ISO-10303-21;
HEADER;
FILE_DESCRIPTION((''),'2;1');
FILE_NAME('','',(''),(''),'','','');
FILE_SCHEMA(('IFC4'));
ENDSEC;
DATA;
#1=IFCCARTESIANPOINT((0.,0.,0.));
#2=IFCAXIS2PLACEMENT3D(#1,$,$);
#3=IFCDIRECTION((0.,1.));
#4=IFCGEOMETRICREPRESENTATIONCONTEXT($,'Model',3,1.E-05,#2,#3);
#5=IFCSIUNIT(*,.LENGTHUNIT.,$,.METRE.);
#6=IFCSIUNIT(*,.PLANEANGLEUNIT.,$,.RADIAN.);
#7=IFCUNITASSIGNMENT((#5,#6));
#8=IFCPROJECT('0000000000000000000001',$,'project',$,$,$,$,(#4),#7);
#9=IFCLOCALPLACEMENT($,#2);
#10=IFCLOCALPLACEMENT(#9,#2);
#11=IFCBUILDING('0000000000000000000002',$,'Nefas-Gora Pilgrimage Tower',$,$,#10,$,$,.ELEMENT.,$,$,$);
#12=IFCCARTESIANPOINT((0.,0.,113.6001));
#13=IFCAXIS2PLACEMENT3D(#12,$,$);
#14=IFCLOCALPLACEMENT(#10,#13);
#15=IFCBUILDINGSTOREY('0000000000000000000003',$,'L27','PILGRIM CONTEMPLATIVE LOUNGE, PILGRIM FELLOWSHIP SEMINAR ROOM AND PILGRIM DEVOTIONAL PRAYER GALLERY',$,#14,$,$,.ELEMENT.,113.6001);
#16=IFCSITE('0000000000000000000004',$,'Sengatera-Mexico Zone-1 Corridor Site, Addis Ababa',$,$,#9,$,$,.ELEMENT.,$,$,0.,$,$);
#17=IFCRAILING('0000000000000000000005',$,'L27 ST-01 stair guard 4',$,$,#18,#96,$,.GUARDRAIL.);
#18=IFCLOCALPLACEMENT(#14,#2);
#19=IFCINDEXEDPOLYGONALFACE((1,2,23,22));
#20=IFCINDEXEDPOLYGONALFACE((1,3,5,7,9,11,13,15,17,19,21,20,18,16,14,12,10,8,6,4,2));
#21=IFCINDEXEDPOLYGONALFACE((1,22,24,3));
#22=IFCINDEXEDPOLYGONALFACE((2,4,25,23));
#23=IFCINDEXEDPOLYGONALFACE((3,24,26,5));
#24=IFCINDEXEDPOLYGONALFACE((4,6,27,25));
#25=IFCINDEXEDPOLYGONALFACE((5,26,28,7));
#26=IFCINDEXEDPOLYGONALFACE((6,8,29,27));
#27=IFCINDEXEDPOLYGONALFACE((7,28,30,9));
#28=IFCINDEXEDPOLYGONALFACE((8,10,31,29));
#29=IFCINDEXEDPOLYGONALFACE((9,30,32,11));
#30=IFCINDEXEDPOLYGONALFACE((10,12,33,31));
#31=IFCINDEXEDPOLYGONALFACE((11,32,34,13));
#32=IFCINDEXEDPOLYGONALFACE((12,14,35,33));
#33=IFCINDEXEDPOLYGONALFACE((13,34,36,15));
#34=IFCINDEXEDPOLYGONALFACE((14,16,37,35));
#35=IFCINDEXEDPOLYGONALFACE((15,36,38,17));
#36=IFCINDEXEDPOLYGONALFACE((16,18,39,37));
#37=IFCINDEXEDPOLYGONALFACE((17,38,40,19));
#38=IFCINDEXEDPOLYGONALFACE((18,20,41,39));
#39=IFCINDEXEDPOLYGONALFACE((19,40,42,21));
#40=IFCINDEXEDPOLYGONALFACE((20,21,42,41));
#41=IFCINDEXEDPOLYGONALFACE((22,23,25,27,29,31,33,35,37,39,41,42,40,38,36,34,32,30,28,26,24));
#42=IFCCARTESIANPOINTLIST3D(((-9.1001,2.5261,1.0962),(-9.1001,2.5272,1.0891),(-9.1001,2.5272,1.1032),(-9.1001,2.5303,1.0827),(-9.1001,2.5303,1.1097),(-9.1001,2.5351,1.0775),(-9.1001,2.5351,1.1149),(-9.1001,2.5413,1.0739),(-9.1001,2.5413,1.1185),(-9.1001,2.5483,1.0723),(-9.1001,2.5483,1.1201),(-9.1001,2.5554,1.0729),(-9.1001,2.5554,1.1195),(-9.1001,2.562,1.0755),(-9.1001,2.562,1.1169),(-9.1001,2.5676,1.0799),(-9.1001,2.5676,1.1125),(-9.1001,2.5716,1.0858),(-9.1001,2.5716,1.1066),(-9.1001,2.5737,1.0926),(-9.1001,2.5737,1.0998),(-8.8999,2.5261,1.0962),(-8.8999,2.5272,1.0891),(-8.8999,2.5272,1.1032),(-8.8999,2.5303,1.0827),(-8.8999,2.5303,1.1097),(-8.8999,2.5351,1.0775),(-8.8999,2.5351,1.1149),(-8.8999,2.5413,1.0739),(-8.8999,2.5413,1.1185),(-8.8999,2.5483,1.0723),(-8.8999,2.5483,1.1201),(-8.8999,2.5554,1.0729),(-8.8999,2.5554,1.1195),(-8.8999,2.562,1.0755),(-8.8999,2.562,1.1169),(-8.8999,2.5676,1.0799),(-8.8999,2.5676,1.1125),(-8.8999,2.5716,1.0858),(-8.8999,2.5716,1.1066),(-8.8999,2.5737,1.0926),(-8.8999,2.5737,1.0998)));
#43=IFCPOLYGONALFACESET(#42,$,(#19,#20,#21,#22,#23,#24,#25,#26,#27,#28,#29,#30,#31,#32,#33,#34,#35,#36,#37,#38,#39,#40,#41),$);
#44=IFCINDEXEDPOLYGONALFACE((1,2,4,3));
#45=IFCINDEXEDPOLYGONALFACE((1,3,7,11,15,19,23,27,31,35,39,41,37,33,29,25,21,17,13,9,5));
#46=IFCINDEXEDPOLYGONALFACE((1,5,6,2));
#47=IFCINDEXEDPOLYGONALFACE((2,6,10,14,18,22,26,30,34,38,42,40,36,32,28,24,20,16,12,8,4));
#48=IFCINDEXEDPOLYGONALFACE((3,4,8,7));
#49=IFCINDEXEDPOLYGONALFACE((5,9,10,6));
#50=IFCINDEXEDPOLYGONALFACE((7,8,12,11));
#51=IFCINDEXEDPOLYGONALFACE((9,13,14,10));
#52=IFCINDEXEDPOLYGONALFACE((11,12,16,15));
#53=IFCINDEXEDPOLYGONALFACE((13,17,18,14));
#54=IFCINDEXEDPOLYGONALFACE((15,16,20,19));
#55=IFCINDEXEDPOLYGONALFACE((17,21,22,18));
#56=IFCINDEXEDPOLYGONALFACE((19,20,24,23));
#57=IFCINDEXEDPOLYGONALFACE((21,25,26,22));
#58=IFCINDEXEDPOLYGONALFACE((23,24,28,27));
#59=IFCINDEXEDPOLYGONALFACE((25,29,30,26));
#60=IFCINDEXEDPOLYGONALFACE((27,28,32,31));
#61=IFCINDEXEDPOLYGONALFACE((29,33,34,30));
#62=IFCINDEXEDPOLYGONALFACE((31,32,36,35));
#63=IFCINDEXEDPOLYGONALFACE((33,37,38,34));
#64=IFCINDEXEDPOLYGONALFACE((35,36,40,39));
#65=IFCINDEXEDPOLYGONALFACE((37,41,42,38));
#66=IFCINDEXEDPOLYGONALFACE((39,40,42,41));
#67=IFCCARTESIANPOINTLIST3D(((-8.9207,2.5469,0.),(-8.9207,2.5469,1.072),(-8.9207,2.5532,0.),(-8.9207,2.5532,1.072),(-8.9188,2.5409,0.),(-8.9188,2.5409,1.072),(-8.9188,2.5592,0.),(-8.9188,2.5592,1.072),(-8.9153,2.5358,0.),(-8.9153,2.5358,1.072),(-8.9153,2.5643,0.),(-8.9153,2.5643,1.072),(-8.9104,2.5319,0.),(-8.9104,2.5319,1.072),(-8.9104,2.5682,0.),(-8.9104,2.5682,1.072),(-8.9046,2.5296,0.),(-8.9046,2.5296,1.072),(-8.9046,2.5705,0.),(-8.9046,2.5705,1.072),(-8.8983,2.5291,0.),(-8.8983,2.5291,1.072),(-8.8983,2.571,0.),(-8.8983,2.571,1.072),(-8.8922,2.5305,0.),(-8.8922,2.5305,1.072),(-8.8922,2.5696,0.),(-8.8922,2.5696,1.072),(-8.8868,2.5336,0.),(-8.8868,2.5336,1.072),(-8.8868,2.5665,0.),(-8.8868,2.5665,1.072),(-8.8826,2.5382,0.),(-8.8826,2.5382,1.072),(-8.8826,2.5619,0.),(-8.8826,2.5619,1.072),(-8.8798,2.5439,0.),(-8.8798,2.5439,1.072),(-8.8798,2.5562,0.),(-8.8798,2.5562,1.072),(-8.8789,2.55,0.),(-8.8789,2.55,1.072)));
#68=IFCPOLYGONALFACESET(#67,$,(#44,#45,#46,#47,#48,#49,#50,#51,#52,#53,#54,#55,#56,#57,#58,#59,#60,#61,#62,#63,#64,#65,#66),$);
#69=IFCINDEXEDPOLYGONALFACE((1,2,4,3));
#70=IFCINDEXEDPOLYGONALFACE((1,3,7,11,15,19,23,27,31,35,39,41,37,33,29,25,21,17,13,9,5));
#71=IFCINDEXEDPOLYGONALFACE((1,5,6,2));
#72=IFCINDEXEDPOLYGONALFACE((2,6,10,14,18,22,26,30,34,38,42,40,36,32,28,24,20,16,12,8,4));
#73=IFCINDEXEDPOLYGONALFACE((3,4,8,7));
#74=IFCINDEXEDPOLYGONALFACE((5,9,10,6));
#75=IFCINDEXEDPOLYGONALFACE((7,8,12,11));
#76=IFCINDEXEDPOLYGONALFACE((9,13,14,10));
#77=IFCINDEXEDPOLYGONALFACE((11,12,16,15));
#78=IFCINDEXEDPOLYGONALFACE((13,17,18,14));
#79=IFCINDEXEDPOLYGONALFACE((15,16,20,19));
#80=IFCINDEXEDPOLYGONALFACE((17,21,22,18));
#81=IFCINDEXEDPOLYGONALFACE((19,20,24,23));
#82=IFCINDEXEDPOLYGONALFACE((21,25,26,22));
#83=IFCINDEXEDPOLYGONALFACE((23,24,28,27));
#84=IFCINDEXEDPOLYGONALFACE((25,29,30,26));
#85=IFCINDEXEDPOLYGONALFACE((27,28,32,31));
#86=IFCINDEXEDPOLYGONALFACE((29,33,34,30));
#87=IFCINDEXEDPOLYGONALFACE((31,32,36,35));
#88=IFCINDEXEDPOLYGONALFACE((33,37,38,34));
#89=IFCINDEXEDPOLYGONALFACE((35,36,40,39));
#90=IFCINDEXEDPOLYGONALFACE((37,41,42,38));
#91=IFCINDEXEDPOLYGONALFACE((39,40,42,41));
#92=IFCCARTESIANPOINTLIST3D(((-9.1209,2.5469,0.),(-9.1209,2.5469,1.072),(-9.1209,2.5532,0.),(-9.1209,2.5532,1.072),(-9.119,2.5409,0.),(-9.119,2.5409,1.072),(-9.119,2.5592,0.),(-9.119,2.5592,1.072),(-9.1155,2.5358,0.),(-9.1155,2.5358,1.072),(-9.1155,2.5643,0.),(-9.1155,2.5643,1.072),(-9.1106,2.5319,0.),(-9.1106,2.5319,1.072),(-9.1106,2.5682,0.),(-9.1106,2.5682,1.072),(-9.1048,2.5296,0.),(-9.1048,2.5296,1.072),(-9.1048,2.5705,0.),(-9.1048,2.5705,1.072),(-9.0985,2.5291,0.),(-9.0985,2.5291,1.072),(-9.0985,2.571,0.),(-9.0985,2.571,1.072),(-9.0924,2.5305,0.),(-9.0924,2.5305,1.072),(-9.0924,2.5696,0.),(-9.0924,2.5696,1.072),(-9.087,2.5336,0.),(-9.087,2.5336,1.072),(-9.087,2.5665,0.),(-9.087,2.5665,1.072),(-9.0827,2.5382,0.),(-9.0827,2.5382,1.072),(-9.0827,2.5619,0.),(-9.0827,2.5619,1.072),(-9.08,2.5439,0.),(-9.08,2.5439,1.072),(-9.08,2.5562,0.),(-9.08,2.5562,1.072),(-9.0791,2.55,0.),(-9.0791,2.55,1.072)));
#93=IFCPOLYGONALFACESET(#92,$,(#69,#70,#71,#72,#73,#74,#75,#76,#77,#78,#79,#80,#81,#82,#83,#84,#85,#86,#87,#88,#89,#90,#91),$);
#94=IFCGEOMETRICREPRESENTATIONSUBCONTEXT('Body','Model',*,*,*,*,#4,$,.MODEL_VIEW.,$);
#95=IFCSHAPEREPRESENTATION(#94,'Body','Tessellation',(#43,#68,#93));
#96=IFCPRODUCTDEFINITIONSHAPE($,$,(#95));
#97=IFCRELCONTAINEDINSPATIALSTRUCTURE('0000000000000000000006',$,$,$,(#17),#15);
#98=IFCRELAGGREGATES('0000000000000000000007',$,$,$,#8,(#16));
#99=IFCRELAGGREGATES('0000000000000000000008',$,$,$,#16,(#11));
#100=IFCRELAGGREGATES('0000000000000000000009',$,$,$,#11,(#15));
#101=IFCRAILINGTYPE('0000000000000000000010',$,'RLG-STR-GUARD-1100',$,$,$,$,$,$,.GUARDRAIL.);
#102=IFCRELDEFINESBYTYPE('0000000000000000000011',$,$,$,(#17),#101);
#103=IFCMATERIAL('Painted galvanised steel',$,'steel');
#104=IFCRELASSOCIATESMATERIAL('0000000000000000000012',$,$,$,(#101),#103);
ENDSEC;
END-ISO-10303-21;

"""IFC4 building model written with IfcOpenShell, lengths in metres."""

from ifc_helpers import new_model, si_unit, direction, frame, origin, origin_2d, place, context, subcontext, project, spatial, circle, extrude, material, type_object, element, save


model = new_model("IFC4")

# Units and contexts
model_context = context("Model", 3, precision=1e-05, world=origin(), true_north=direction((0.0, 1.0)))
body_context = subcontext(model_context, "Body", "Model", "MODEL_VIEW")
ifc_project = project(units=[si_unit("LENGTHUNIT", "METRE"), si_unit("PLANEANGLEUNIT", "RADIAN")], contexts=[model_context])

# Site, building, storey
site_placement = place(None, origin())
site = spatial("IfcSite", under=ifc_project, at=site_placement, Name="Sengatera-Mexico Zone-1 Corridor Site, Addis Ababa", CompositionType="ELEMENT", RefElevation=0.0)
building_placement = place(site_placement, origin())
building = spatial("IfcBuilding", under=site, at=building_placement, Name="Nefas-Gora Pilgrimage Tower", CompositionType="ELEMENT")
storey_placement = place(building_placement, frame((0.0, 0.0, 113.6001)))
storey = spatial("IfcBuildingStorey", under=building, at=storey_placement, Name="L27", Description="PILGRIM CONTEMPLATIVE LOUNGE, PILGRIM FELLOWSHIP SEMINAR ROOM AND PILGRIM DEVOTIONAL PRAYER GALLERY", CompositionType="ELEMENT", Elevation=113.6001)

# Railing
ifc_material_1 = material(Name="Painted galvanised steel", Category="steel")
railing_type_1 = type_object("IfcRailingType", Name="RLG-STR-GUARD-1100", PredefinedType="GUARDRAIL", material=ifc_material_1)
railing_1_placement = place(storey_placement, frame((-8.8999, 2.55, 0.0)))
element("IfcRailing", 1, at=railing_1_placement, inside=storey, type_object=railing_type_1, Name="L27 ST-01 stair guard 4", PredefinedType="GUARDRAIL", context=body_context, shape_type="SweptSolid", body=[
    extrude(circle(Radius=0.0239, at=origin_2d()), frame((0.0, 0.0, 1.0962), z_axis=(-1.0, 0.0, 0.0), x_axis=(0.0, -1.0, 0.0)), (0.0, 0.0, 1.0), 0.2002),
    extrude(circle(Radius=0.021, at=origin_2d()), origin(), (0.0, 0.0, 1.0), 1.072),
    extrude(circle(Radius=0.021, at=origin_2d()), frame((-0.2002, 0.0, 0.0)), (0.0, 0.0, 1.0), 1.072),
])

save(model, "model.ifc")
